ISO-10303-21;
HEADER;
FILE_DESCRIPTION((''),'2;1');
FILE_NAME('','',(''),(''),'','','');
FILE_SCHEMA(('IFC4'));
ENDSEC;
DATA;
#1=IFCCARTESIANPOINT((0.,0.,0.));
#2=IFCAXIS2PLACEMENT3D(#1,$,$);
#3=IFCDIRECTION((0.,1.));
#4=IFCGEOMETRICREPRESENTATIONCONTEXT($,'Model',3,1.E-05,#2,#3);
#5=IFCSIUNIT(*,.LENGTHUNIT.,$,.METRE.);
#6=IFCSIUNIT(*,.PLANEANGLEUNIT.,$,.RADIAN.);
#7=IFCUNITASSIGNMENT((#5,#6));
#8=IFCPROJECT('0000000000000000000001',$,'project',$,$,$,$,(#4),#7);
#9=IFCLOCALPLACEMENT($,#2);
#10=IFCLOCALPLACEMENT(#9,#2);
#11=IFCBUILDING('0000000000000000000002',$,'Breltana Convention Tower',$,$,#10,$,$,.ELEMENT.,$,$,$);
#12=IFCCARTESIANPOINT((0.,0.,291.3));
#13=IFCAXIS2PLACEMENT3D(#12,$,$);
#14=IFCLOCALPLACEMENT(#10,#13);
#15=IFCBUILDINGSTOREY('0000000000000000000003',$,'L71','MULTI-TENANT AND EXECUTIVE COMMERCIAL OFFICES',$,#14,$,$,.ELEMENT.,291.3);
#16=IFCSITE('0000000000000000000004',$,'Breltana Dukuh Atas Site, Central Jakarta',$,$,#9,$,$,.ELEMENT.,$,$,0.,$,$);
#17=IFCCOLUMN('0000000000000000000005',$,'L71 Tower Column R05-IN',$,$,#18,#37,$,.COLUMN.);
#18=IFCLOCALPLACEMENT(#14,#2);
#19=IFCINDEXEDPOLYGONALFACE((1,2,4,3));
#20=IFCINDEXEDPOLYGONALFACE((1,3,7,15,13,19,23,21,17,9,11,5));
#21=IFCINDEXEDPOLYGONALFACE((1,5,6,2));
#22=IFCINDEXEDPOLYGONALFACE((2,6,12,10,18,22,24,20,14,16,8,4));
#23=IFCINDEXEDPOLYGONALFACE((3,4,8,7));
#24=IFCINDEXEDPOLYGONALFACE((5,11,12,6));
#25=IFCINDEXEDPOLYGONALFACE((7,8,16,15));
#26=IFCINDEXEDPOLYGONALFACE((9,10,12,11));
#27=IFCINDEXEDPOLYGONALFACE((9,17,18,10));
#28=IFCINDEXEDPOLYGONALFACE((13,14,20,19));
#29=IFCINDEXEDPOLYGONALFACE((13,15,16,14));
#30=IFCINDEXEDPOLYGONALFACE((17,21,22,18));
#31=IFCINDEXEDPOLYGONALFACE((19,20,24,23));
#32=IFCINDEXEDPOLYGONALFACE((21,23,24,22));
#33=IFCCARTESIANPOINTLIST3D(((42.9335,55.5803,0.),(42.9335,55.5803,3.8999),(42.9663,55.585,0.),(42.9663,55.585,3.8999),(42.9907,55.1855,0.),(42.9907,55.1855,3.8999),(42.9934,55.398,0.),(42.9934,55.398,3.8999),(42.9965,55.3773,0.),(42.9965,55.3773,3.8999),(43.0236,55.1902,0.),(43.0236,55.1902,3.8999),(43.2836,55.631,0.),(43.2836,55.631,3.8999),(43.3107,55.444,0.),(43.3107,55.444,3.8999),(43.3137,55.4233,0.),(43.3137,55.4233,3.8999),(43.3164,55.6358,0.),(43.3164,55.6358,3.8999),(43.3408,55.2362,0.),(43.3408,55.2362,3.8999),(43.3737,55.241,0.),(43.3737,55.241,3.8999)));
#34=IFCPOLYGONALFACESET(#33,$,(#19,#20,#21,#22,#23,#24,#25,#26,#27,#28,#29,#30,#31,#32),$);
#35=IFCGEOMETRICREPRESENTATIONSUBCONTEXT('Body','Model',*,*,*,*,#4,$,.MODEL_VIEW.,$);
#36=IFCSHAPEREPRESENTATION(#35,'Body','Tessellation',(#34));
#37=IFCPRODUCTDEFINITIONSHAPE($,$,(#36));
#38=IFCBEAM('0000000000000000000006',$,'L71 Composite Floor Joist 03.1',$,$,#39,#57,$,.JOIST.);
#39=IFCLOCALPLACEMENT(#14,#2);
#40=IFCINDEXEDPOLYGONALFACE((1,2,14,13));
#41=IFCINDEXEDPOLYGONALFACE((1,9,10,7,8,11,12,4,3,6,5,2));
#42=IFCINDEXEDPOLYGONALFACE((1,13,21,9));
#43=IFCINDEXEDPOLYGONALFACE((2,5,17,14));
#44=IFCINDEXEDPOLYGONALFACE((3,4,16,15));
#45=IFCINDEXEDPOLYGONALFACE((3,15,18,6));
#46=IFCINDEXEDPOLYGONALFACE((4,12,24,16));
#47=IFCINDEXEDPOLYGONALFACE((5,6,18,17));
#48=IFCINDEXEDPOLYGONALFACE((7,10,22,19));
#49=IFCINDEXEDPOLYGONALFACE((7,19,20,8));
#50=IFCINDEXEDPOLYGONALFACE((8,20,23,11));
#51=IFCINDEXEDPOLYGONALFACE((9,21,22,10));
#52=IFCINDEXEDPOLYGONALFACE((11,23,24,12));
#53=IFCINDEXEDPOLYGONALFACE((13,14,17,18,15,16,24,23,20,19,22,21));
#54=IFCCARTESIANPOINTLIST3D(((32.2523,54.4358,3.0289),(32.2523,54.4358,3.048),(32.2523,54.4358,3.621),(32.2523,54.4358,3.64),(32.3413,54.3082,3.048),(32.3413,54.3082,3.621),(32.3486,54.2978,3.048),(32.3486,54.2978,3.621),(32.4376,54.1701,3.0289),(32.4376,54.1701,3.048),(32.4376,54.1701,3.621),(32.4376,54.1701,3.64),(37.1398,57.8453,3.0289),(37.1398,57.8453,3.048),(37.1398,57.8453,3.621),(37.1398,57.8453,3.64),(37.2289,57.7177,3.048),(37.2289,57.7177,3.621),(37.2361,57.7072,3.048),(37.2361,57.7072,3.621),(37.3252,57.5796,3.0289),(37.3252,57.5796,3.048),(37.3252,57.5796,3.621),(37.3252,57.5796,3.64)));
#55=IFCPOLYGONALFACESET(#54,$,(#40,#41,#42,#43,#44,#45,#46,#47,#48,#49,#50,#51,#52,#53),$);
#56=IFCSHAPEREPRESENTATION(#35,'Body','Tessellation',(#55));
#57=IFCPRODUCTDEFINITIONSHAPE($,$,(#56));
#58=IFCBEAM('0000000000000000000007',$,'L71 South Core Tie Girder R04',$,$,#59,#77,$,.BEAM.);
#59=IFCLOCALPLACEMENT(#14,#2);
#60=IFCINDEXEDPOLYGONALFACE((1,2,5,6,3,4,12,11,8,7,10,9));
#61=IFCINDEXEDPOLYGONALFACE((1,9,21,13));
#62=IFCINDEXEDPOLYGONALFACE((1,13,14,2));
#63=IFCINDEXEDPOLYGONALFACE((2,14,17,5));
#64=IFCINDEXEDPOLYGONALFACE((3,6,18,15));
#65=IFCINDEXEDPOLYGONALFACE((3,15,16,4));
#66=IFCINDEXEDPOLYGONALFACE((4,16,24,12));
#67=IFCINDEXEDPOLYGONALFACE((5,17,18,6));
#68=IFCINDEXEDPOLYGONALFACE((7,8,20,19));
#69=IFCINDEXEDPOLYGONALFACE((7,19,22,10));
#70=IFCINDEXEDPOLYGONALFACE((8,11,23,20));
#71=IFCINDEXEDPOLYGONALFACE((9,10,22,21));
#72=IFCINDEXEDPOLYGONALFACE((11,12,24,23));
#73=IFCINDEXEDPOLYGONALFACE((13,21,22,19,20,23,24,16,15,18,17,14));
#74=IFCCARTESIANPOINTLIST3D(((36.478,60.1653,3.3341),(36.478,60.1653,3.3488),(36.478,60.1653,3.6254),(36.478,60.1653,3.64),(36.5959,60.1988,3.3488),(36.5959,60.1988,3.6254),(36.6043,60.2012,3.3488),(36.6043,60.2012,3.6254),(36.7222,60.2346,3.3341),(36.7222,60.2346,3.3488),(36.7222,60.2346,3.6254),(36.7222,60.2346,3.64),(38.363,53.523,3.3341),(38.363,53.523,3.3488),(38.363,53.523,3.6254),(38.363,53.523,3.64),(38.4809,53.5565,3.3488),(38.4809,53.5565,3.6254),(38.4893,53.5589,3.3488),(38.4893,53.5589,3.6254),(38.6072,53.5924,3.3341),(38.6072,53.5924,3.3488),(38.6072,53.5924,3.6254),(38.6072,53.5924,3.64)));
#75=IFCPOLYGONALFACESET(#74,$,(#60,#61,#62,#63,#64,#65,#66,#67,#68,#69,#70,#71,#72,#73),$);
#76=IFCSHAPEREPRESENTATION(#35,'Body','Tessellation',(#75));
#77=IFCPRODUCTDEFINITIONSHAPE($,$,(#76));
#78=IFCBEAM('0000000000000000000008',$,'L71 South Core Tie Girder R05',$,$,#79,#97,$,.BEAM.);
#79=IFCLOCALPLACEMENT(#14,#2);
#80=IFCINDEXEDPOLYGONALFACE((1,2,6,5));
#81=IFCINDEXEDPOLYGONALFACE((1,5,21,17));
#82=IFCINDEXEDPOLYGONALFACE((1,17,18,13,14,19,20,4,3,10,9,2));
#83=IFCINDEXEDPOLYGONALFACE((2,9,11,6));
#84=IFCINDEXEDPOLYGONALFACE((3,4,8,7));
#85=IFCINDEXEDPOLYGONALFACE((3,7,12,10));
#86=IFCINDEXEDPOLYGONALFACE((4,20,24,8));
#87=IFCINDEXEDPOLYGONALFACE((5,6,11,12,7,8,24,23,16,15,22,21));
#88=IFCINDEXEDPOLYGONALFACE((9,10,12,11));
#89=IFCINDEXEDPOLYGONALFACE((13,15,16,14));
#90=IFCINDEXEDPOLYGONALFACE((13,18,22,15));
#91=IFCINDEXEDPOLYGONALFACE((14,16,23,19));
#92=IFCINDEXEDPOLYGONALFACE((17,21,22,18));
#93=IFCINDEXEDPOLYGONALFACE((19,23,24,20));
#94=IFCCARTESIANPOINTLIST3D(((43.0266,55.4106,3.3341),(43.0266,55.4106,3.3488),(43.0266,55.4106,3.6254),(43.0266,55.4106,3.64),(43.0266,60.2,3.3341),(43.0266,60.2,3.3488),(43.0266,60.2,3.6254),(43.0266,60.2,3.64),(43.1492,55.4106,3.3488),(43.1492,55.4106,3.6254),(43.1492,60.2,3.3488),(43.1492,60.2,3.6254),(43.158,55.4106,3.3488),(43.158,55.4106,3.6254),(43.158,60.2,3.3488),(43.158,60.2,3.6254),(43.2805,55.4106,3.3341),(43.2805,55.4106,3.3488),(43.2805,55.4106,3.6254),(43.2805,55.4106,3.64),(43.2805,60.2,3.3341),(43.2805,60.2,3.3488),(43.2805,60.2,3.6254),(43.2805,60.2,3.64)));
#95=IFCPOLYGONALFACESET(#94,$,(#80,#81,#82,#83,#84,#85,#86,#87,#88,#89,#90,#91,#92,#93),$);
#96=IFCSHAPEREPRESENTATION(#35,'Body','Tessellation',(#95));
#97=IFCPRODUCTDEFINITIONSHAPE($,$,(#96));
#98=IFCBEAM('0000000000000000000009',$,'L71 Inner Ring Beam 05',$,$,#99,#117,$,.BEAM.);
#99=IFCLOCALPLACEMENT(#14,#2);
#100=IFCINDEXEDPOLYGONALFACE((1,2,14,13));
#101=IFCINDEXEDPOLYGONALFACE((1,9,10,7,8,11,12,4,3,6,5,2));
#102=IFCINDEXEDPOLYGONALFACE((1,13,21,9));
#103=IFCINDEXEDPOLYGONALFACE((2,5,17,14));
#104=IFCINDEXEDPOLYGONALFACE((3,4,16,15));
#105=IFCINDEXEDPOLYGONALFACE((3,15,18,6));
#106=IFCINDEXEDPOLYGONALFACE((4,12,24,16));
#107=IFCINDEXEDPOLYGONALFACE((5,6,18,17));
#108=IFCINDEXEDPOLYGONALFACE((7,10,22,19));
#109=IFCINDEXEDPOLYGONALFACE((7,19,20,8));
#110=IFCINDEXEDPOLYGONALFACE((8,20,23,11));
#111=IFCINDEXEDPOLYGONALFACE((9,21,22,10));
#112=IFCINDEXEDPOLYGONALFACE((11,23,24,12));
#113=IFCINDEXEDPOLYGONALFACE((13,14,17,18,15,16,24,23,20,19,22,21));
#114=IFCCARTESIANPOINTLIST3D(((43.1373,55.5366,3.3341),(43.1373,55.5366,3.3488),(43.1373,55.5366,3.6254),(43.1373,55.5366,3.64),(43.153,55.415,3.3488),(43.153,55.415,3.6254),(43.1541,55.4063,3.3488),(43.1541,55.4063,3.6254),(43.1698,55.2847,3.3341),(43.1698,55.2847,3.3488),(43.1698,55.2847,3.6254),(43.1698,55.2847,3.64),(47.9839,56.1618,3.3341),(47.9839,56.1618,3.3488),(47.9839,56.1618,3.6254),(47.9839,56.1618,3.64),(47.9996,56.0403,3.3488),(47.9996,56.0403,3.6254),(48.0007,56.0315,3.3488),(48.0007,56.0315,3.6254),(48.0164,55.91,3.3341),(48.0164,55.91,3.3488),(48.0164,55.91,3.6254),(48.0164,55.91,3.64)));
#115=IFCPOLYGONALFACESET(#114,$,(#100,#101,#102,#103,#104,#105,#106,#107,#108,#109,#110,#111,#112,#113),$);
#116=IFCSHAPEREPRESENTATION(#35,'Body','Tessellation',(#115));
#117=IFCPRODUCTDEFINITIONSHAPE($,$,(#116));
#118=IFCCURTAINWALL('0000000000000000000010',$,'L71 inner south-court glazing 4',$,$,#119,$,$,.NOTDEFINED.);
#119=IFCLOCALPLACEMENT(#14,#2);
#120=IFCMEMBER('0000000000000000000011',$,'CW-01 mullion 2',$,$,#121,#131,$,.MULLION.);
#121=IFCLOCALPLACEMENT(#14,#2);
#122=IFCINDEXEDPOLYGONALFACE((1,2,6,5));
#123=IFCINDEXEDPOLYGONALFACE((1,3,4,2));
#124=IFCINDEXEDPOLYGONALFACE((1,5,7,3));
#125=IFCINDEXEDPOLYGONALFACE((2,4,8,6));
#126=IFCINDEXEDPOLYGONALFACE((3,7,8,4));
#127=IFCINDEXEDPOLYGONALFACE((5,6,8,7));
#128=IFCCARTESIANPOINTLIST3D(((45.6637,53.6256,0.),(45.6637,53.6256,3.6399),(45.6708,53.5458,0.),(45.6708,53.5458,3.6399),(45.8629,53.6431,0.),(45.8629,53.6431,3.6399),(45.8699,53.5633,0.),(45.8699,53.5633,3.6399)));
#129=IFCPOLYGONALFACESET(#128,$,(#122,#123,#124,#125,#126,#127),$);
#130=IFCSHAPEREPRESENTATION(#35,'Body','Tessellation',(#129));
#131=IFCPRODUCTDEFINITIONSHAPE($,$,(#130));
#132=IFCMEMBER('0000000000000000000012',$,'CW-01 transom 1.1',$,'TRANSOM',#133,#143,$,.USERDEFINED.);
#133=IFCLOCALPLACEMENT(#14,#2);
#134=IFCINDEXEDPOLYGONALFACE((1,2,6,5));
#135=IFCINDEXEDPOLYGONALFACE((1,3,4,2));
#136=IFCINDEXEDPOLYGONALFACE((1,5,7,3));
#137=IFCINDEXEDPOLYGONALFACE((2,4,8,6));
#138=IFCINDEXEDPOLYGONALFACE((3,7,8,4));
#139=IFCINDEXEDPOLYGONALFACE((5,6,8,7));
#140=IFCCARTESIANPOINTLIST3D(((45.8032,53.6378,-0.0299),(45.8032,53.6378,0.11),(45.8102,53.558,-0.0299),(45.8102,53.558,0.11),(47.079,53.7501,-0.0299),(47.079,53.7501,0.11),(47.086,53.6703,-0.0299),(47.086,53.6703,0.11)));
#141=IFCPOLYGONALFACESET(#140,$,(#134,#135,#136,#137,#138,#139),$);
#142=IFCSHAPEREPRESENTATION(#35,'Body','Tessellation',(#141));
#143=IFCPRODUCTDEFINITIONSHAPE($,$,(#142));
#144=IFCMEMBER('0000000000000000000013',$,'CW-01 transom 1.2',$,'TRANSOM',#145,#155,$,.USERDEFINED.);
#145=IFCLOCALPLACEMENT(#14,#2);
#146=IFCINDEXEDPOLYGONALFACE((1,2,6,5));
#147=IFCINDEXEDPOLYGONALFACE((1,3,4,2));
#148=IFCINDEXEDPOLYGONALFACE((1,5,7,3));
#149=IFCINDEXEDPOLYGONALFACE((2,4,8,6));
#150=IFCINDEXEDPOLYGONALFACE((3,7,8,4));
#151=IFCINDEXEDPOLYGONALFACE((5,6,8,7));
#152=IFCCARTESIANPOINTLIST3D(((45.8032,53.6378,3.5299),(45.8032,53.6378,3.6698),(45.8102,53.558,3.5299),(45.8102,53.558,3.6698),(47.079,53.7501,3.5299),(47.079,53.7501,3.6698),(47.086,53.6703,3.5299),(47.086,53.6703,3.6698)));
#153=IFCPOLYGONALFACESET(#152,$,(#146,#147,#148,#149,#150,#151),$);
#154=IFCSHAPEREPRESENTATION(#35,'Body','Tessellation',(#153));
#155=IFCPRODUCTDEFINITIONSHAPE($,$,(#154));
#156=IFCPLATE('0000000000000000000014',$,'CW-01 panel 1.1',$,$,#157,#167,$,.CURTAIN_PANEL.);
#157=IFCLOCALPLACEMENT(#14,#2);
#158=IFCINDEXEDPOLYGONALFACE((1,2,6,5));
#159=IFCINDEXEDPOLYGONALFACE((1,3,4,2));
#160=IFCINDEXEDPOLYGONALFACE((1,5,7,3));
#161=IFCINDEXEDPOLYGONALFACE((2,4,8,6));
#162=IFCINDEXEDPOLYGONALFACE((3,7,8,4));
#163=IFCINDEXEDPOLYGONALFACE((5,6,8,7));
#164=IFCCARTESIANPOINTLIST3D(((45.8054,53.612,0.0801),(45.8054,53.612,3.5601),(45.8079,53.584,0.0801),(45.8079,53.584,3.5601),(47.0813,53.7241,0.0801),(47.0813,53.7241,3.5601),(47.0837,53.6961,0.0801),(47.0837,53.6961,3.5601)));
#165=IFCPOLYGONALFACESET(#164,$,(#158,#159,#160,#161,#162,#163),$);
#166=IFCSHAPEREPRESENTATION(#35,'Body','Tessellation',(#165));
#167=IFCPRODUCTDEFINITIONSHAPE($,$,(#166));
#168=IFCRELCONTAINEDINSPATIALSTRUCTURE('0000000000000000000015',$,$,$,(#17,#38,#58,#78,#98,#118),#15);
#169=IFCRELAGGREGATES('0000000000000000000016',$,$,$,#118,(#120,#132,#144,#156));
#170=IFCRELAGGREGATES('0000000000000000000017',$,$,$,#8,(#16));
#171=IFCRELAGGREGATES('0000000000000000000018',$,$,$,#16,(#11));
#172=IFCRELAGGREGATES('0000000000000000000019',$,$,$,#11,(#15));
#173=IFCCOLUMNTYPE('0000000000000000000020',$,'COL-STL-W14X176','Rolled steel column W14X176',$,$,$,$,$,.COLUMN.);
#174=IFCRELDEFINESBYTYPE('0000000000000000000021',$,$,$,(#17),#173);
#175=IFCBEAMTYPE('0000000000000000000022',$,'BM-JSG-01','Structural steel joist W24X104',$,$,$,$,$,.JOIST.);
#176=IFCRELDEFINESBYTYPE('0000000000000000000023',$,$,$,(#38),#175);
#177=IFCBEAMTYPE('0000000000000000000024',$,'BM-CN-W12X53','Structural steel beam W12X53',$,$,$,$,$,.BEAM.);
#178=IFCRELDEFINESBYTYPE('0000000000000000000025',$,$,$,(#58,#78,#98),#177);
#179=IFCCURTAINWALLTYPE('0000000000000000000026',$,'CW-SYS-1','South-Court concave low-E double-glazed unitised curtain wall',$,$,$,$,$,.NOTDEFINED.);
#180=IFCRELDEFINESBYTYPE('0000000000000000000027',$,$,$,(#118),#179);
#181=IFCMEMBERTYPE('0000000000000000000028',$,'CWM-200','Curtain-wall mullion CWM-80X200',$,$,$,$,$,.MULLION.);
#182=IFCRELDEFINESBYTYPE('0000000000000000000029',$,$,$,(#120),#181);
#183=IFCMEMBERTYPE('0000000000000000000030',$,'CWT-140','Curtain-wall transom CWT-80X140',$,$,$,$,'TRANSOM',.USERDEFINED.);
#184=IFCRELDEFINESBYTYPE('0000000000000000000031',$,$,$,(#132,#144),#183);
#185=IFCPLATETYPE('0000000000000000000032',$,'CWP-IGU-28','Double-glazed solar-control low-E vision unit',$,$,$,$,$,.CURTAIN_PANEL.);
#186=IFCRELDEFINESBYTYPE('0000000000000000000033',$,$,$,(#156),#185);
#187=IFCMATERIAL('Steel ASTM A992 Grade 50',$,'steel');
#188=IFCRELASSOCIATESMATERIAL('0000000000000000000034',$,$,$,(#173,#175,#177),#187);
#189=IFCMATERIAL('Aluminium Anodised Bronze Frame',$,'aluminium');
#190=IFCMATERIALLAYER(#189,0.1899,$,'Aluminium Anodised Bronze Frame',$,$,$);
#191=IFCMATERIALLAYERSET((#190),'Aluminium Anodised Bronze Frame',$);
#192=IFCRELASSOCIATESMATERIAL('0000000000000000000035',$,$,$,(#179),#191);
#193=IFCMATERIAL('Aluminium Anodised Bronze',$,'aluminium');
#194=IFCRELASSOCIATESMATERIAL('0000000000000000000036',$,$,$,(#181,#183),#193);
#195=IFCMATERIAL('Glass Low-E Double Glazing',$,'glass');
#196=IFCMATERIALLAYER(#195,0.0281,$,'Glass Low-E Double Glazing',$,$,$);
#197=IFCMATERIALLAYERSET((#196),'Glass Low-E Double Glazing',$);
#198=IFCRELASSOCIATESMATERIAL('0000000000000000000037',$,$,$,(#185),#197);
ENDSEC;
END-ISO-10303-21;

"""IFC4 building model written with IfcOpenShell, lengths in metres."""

from ifc_helpers import new_model, si_unit, direction, frame, origin, origin_2d, place, context, subcontext, project, spatial, rectangle, i_section, extrude, source, transform, mapped, material, layer, layer_set, material_profile, profile_set, type_object, type_shapes, element, aggregate, save


model = new_model("IFC4")

# Units and contexts
model_context = context("Model", 3, precision=1e-05, world=origin(), true_north=direction((0.0, 1.0)))
body_context = subcontext(model_context, "Body", "Model", "MODEL_VIEW")
ifc_project = project(units=[si_unit("LENGTHUNIT", "METRE"), si_unit("PLANEANGLEUNIT", "RADIAN")], contexts=[model_context])

# Site, building, storey
site_placement = place(None, origin())
site = spatial("IfcSite", under=ifc_project, at=site_placement, Name="Breltana Dukuh Atas Site, Central Jakarta", CompositionType="ELEMENT", RefElevation=0.0)
building_placement = place(site_placement, origin())
building = spatial("IfcBuilding", under=site, at=building_placement, Name="Breltana Convention Tower", CompositionType="ELEMENT")
storey_placement = place(building_placement, frame((0.0, 0.0, 291.3)))
storey = spatial("IfcBuildingStorey", under=building, at=storey_placement, Name="L71", Description="MULTI-TENANT AND EXECUTIVE COMMERCIAL OFFICES", CompositionType="ELEMENT", Elevation=291.3)

# Column
ifc_material_1 = material(Name="Steel ASTM A992 Grade 50", Category="steel")
ifc_material_profile_1 = material_profile(ifc_material_1, i_section(OverallWidth=0.3989, OverallDepth=0.387, WebThickness=0.021, FlangeThickness=0.0332, at=origin_2d()), Name="W14X176")
ifc_profile_set_1 = profile_set([ifc_material_profile_1], Name="Steel ASTM A992 Grade 50")
column_type = type_object("IfcColumnType", Name="COL-STL-W14X176", Description="Rolled steel column W14X176", PredefinedType="COLUMN", material=ifc_profile_set_1)
shared_shape_1 = source(origin(), body_context, "Body", "SweptSolid", [
    extrude(i_section(OverallWidth=0.3989, OverallDepth=0.387, WebThickness=0.021, FlangeThickness=0.0332, at=origin_2d()), origin(), (0.0, 0.0, 1.0), 3.8999),
])
type_shapes(column_type, [shared_shape_1])
column_placement = place(storey_placement, frame((43.1536, 55.4106, 0.0), z_axis=(0.0, 0.0, 1.0), x_axis=(-0.143493, 0.989651, 0.0)))
element("IfcColumn", 1, at=column_placement, inside=storey, type_object=column_type, Name="L71 Tower Column R05-IN", PredefinedType="COLUMN", context=body_context, shape_type="MappedRepresentation", body=[
    mapped(shared_shape_1, transform((0.0, 0.0, 0.0), scale=1.0)),
])

# Beams
ifc_material_profile_2 = material_profile(ifc_material_1, i_section(OverallWidth=0.324, OverallDepth=0.6111, WebThickness=0.0127, FlangeThickness=0.019, at=origin_2d()), Name="W24X104")
ifc_profile_set_2 = profile_set([ifc_material_profile_2], Name="Steel ASTM A992 Grade 50")
beam_type_1 = type_object("IfcBeamType", Name="BM-JSG-01", Description="Structural steel joist W24X104", PredefinedType="JOIST", material=ifc_profile_set_2)
shared_shape_2 = source(origin(), body_context, "Body", "SweptSolid", [
    extrude(i_section(OverallWidth=0.324, OverallDepth=0.6111, WebThickness=0.0127, FlangeThickness=0.019, at=origin_2d()), origin(), (0.0, 0.0, 1.0), 5.9592),
])
beam_1_placement = place(storey_placement, frame((32.345, 54.303, 3.3345), z_axis=(0.82016, 0.572134, 0.0), x_axis=(-0.572134, 0.82016, 0.0)))
element("IfcBeam", 2, at=beam_1_placement, inside=storey, type_object=beam_type_1, Name="L71 Composite Floor Joist 03.1", PredefinedType="JOIST", context=body_context, shape_type="MappedRepresentation", body=[
    mapped(shared_shape_2, transform((0.0, 0.0, 0.0), scale=1.0)),
])
ifc_material_profile_3 = material_profile(ifc_material_1, i_section(OverallWidth=0.2539, OverallDepth=0.3059, WebThickness=0.0088, FlangeThickness=0.0146, at=origin_2d()), Name="W12X53")
ifc_profile_set_3 = profile_set([ifc_material_profile_3], Name="Steel ASTM A992 Grade 50")
beam_type_2 = type_object("IfcBeamType", Name="BM-CN-W12X53", Description="Structural steel beam W12X53", PredefinedType="BEAM", material=ifc_profile_set_3)
shared_shape_3 = source(origin(), body_context, "Body", "SweptSolid", [
    extrude(i_section(OverallWidth=0.2539, OverallDepth=0.3059, WebThickness=0.0088, FlangeThickness=0.0146, at=origin_2d()), origin(), (0.0, 0.0, 1.0), 6.9045),
])
beam_2_placement = place(storey_placement, frame((36.6001, 60.2, 3.4871), z_axis=(0.273007, -0.962012, 0.0), x_axis=(0.962012, 0.273007, 0.0)))
element("IfcBeam", 3, at=beam_2_placement, inside=storey, type_object=beam_type_2, Name="L71 South Core Tie Girder R04", PredefinedType="BEAM", context=body_context, shape_type="MappedRepresentation", body=[
    mapped(shared_shape_3, transform((0.0, 0.0, 0.0), scale=1.0)),
])
shared_shape_4 = source(origin(), body_context, "Body", "SweptSolid", [
    extrude(i_section(OverallWidth=0.2539, OverallDepth=0.3059, WebThickness=0.0088, FlangeThickness=0.0146, at=origin_2d()), origin(), (0.0, 0.0, 1.0), 4.7893),
])
beam_3_placement = place(storey_placement, frame((43.1536, 60.2, 3.4871), z_axis=(0.0, -1.0, 0.0), x_axis=(1.0, 0.0, 0.0)))
element("IfcBeam", 4, at=beam_3_placement, inside=storey, type_object=beam_type_2, Name="L71 South Core Tie Girder R05", PredefinedType="BEAM", context=body_context, shape_type="MappedRepresentation", body=[
    mapped(shared_shape_4, transform((0.0, 0.0, 0.0), scale=1.0)),
])
shared_shape_5 = source(origin(), body_context, "Body", "SweptSolid", [
    extrude(i_section(OverallWidth=0.2539, OverallDepth=0.3059, WebThickness=0.0088, FlangeThickness=0.0146, at=origin_2d()), origin(), (0.0, 0.0, 1.0), 4.8867),
])
beam_4_placement = place(storey_placement, frame((43.1536, 55.4106, 3.4871), z_axis=(0.991781, 0.127951, 0.0), x_axis=(-0.127951, 0.991781, 0.0)))
element("IfcBeam", 5, at=beam_4_placement, inside=storey, type_object=beam_type_2, Name="L71 Inner Ring Beam 05", PredefinedType="BEAM", context=body_context, shape_type="MappedRepresentation", body=[
    mapped(shared_shape_5, transform((0.0, 0.0, 0.0), scale=1.0)),
])

# Curtain wall, members, plate
ifc_material_2 = material(Name="Aluminium Anodised Bronze Frame", Category="aluminium")
ifc_layer_1 = layer(ifc_material_2, 0.1899, Name="Aluminium Anodised Bronze Frame")
ifc_layer_set_1 = layer_set([ifc_layer_1], Name="Aluminium Anodised Bronze Frame")
curtain_wall_type = type_object("IfcCurtainWallType", Name="CW-SYS-1", Description="South-Court concave low-E double-glazed unitised curtain wall", PredefinedType="NOTDEFINED", material=ifc_layer_set_1)
curtain_wall_placement = place(storey_placement, origin())
curtain_wall = element("IfcCurtainWall", 6, at=curtain_wall_placement, inside=storey, type_object=curtain_wall_type, Name="L71 inner south-court glazing 4", PredefinedType="NOTDEFINED")
ifc_material_3 = material(Name="Aluminium Anodised Bronze", Category="aluminium")
ifc_material_profile_4 = material_profile(ifc_material_3, rectangle(XDim=0.0801, YDim=0.2, at=origin_2d()), Name="CWM-80X200")
ifc_profile_set_4 = profile_set([ifc_material_profile_4], Name="Aluminium Anodised Bronze")
member_type_1 = type_object("IfcMemberType", Name="CWM-200", Description="Curtain-wall mullion CWM-80X200", PredefinedType="MULLION", material=ifc_profile_set_4)
shared_shape_6 = source(origin(), body_context, "Body", "SweptSolid", [
    extrude(rectangle(XDim=0.0801, YDim=0.2, at=origin_2d()), origin(), (0.0, 0.0, 1.0), 3.6399),
])
member_1_placement = place(storey_placement, frame((45.7668, 53.5945, 0.0), z_axis=(0.0, 0.0, 1.0), x_axis=(0.087519, -0.996163, 0.0)))
member_1 = element("IfcMember", 7, at=member_1_placement, type_object=member_type_1, Name="CW-01 mullion 2", PredefinedType="MULLION", context=body_context, shape_type="MappedRepresentation", body=[
    mapped(shared_shape_6, transform((0.0, 0.0, 0.0), scale=1.0)),
])
ifc_material_profile_5 = material_profile(ifc_material_3, rectangle(XDim=0.0801, YDim=0.1399, at=origin_2d()), Name="CWT-80X140")
ifc_profile_set_5 = profile_set([ifc_material_profile_5], Name="Aluminium Anodised Bronze")
member_type_2 = type_object("IfcMemberType", Name="CWT-140", Description="Curtain-wall transom CWT-80X140", ElementType="TRANSOM", PredefinedType="USERDEFINED", material=ifc_profile_set_5)
shared_shape_7 = source(origin(), body_context, "Body", "SweptSolid", [
    extrude(rectangle(XDim=0.0801, YDim=0.1399, at=origin_2d()), origin(), (0.0, 0.0, 1.0), 1.2808),
])
member_2_placement = place(storey_placement, frame((47.0825, 53.7102, 0.04), z_axis=(-0.996148, -0.087682, 0.0), x_axis=(0.087682, -0.996148, 0.0)))
member_2 = element("IfcMember", 8, at=member_2_placement, type_object=member_type_2, Name="CW-01 transom 1.1", ObjectType="TRANSOM", PredefinedType="USERDEFINED", context=body_context, shape_type="MappedRepresentation", body=[
    mapped(shared_shape_7, transform((0.0, 0.0, 0.0), scale=1.0)),
])
member_3_placement = place(storey_placement, frame((47.0825, 53.7102, 3.5999), z_axis=(-0.996148, -0.087682, 0.0), x_axis=(0.087682, -0.996148, 0.0)))
member_3 = element("IfcMember", 9, at=member_3_placement, type_object=member_type_2, Name="CW-01 transom 1.2", ObjectType="TRANSOM", PredefinedType="USERDEFINED", context=body_context, shape_type="MappedRepresentation", body=[
    mapped(shared_shape_7, transform((0.0, 0.0, 0.0), scale=1.0)),
])
ifc_material_4 = material(Name="Glass Low-E Double Glazing", Category="glass")
ifc_layer_2 = layer(ifc_material_4, 0.0281, Name="Glass Low-E Double Glazing")
ifc_layer_set_2 = layer_set([ifc_layer_2], Name="Glass Low-E Double Glazing")
plate_type = type_object("IfcPlateType", Name="CWP-IGU-28", Description="Double-glazed solar-control low-E vision unit", PredefinedType="CURTAIN_PANEL", material=ifc_layer_set_2)
shared_shape_8 = source(origin(), body_context, "Body", "SweptSolid", [
    extrude(rectangle(XDim=1.2808, YDim=0.0281, at=origin_2d()), origin(), (0.0, 0.0, 1.0), 3.48),
])
plate_placement = place(storey_placement, frame((46.4446, 53.6541, 0.0801), z_axis=(0.0, 0.0, 1.0), x_axis=(-0.996163, -0.087519, 0.0)))
plate = element("IfcPlate", 10, at=plate_placement, type_object=plate_type, Name="CW-01 panel 1.1", PredefinedType="CURTAIN_PANEL", context=body_context, shape_type="MappedRepresentation", body=[
    mapped(shared_shape_8, transform((0.0, 0.0, 0.0), scale=1.0)),
])
aggregate(curtain_wall, [member_1, member_2, member_3, plate])

save(model, "model.ifc")
